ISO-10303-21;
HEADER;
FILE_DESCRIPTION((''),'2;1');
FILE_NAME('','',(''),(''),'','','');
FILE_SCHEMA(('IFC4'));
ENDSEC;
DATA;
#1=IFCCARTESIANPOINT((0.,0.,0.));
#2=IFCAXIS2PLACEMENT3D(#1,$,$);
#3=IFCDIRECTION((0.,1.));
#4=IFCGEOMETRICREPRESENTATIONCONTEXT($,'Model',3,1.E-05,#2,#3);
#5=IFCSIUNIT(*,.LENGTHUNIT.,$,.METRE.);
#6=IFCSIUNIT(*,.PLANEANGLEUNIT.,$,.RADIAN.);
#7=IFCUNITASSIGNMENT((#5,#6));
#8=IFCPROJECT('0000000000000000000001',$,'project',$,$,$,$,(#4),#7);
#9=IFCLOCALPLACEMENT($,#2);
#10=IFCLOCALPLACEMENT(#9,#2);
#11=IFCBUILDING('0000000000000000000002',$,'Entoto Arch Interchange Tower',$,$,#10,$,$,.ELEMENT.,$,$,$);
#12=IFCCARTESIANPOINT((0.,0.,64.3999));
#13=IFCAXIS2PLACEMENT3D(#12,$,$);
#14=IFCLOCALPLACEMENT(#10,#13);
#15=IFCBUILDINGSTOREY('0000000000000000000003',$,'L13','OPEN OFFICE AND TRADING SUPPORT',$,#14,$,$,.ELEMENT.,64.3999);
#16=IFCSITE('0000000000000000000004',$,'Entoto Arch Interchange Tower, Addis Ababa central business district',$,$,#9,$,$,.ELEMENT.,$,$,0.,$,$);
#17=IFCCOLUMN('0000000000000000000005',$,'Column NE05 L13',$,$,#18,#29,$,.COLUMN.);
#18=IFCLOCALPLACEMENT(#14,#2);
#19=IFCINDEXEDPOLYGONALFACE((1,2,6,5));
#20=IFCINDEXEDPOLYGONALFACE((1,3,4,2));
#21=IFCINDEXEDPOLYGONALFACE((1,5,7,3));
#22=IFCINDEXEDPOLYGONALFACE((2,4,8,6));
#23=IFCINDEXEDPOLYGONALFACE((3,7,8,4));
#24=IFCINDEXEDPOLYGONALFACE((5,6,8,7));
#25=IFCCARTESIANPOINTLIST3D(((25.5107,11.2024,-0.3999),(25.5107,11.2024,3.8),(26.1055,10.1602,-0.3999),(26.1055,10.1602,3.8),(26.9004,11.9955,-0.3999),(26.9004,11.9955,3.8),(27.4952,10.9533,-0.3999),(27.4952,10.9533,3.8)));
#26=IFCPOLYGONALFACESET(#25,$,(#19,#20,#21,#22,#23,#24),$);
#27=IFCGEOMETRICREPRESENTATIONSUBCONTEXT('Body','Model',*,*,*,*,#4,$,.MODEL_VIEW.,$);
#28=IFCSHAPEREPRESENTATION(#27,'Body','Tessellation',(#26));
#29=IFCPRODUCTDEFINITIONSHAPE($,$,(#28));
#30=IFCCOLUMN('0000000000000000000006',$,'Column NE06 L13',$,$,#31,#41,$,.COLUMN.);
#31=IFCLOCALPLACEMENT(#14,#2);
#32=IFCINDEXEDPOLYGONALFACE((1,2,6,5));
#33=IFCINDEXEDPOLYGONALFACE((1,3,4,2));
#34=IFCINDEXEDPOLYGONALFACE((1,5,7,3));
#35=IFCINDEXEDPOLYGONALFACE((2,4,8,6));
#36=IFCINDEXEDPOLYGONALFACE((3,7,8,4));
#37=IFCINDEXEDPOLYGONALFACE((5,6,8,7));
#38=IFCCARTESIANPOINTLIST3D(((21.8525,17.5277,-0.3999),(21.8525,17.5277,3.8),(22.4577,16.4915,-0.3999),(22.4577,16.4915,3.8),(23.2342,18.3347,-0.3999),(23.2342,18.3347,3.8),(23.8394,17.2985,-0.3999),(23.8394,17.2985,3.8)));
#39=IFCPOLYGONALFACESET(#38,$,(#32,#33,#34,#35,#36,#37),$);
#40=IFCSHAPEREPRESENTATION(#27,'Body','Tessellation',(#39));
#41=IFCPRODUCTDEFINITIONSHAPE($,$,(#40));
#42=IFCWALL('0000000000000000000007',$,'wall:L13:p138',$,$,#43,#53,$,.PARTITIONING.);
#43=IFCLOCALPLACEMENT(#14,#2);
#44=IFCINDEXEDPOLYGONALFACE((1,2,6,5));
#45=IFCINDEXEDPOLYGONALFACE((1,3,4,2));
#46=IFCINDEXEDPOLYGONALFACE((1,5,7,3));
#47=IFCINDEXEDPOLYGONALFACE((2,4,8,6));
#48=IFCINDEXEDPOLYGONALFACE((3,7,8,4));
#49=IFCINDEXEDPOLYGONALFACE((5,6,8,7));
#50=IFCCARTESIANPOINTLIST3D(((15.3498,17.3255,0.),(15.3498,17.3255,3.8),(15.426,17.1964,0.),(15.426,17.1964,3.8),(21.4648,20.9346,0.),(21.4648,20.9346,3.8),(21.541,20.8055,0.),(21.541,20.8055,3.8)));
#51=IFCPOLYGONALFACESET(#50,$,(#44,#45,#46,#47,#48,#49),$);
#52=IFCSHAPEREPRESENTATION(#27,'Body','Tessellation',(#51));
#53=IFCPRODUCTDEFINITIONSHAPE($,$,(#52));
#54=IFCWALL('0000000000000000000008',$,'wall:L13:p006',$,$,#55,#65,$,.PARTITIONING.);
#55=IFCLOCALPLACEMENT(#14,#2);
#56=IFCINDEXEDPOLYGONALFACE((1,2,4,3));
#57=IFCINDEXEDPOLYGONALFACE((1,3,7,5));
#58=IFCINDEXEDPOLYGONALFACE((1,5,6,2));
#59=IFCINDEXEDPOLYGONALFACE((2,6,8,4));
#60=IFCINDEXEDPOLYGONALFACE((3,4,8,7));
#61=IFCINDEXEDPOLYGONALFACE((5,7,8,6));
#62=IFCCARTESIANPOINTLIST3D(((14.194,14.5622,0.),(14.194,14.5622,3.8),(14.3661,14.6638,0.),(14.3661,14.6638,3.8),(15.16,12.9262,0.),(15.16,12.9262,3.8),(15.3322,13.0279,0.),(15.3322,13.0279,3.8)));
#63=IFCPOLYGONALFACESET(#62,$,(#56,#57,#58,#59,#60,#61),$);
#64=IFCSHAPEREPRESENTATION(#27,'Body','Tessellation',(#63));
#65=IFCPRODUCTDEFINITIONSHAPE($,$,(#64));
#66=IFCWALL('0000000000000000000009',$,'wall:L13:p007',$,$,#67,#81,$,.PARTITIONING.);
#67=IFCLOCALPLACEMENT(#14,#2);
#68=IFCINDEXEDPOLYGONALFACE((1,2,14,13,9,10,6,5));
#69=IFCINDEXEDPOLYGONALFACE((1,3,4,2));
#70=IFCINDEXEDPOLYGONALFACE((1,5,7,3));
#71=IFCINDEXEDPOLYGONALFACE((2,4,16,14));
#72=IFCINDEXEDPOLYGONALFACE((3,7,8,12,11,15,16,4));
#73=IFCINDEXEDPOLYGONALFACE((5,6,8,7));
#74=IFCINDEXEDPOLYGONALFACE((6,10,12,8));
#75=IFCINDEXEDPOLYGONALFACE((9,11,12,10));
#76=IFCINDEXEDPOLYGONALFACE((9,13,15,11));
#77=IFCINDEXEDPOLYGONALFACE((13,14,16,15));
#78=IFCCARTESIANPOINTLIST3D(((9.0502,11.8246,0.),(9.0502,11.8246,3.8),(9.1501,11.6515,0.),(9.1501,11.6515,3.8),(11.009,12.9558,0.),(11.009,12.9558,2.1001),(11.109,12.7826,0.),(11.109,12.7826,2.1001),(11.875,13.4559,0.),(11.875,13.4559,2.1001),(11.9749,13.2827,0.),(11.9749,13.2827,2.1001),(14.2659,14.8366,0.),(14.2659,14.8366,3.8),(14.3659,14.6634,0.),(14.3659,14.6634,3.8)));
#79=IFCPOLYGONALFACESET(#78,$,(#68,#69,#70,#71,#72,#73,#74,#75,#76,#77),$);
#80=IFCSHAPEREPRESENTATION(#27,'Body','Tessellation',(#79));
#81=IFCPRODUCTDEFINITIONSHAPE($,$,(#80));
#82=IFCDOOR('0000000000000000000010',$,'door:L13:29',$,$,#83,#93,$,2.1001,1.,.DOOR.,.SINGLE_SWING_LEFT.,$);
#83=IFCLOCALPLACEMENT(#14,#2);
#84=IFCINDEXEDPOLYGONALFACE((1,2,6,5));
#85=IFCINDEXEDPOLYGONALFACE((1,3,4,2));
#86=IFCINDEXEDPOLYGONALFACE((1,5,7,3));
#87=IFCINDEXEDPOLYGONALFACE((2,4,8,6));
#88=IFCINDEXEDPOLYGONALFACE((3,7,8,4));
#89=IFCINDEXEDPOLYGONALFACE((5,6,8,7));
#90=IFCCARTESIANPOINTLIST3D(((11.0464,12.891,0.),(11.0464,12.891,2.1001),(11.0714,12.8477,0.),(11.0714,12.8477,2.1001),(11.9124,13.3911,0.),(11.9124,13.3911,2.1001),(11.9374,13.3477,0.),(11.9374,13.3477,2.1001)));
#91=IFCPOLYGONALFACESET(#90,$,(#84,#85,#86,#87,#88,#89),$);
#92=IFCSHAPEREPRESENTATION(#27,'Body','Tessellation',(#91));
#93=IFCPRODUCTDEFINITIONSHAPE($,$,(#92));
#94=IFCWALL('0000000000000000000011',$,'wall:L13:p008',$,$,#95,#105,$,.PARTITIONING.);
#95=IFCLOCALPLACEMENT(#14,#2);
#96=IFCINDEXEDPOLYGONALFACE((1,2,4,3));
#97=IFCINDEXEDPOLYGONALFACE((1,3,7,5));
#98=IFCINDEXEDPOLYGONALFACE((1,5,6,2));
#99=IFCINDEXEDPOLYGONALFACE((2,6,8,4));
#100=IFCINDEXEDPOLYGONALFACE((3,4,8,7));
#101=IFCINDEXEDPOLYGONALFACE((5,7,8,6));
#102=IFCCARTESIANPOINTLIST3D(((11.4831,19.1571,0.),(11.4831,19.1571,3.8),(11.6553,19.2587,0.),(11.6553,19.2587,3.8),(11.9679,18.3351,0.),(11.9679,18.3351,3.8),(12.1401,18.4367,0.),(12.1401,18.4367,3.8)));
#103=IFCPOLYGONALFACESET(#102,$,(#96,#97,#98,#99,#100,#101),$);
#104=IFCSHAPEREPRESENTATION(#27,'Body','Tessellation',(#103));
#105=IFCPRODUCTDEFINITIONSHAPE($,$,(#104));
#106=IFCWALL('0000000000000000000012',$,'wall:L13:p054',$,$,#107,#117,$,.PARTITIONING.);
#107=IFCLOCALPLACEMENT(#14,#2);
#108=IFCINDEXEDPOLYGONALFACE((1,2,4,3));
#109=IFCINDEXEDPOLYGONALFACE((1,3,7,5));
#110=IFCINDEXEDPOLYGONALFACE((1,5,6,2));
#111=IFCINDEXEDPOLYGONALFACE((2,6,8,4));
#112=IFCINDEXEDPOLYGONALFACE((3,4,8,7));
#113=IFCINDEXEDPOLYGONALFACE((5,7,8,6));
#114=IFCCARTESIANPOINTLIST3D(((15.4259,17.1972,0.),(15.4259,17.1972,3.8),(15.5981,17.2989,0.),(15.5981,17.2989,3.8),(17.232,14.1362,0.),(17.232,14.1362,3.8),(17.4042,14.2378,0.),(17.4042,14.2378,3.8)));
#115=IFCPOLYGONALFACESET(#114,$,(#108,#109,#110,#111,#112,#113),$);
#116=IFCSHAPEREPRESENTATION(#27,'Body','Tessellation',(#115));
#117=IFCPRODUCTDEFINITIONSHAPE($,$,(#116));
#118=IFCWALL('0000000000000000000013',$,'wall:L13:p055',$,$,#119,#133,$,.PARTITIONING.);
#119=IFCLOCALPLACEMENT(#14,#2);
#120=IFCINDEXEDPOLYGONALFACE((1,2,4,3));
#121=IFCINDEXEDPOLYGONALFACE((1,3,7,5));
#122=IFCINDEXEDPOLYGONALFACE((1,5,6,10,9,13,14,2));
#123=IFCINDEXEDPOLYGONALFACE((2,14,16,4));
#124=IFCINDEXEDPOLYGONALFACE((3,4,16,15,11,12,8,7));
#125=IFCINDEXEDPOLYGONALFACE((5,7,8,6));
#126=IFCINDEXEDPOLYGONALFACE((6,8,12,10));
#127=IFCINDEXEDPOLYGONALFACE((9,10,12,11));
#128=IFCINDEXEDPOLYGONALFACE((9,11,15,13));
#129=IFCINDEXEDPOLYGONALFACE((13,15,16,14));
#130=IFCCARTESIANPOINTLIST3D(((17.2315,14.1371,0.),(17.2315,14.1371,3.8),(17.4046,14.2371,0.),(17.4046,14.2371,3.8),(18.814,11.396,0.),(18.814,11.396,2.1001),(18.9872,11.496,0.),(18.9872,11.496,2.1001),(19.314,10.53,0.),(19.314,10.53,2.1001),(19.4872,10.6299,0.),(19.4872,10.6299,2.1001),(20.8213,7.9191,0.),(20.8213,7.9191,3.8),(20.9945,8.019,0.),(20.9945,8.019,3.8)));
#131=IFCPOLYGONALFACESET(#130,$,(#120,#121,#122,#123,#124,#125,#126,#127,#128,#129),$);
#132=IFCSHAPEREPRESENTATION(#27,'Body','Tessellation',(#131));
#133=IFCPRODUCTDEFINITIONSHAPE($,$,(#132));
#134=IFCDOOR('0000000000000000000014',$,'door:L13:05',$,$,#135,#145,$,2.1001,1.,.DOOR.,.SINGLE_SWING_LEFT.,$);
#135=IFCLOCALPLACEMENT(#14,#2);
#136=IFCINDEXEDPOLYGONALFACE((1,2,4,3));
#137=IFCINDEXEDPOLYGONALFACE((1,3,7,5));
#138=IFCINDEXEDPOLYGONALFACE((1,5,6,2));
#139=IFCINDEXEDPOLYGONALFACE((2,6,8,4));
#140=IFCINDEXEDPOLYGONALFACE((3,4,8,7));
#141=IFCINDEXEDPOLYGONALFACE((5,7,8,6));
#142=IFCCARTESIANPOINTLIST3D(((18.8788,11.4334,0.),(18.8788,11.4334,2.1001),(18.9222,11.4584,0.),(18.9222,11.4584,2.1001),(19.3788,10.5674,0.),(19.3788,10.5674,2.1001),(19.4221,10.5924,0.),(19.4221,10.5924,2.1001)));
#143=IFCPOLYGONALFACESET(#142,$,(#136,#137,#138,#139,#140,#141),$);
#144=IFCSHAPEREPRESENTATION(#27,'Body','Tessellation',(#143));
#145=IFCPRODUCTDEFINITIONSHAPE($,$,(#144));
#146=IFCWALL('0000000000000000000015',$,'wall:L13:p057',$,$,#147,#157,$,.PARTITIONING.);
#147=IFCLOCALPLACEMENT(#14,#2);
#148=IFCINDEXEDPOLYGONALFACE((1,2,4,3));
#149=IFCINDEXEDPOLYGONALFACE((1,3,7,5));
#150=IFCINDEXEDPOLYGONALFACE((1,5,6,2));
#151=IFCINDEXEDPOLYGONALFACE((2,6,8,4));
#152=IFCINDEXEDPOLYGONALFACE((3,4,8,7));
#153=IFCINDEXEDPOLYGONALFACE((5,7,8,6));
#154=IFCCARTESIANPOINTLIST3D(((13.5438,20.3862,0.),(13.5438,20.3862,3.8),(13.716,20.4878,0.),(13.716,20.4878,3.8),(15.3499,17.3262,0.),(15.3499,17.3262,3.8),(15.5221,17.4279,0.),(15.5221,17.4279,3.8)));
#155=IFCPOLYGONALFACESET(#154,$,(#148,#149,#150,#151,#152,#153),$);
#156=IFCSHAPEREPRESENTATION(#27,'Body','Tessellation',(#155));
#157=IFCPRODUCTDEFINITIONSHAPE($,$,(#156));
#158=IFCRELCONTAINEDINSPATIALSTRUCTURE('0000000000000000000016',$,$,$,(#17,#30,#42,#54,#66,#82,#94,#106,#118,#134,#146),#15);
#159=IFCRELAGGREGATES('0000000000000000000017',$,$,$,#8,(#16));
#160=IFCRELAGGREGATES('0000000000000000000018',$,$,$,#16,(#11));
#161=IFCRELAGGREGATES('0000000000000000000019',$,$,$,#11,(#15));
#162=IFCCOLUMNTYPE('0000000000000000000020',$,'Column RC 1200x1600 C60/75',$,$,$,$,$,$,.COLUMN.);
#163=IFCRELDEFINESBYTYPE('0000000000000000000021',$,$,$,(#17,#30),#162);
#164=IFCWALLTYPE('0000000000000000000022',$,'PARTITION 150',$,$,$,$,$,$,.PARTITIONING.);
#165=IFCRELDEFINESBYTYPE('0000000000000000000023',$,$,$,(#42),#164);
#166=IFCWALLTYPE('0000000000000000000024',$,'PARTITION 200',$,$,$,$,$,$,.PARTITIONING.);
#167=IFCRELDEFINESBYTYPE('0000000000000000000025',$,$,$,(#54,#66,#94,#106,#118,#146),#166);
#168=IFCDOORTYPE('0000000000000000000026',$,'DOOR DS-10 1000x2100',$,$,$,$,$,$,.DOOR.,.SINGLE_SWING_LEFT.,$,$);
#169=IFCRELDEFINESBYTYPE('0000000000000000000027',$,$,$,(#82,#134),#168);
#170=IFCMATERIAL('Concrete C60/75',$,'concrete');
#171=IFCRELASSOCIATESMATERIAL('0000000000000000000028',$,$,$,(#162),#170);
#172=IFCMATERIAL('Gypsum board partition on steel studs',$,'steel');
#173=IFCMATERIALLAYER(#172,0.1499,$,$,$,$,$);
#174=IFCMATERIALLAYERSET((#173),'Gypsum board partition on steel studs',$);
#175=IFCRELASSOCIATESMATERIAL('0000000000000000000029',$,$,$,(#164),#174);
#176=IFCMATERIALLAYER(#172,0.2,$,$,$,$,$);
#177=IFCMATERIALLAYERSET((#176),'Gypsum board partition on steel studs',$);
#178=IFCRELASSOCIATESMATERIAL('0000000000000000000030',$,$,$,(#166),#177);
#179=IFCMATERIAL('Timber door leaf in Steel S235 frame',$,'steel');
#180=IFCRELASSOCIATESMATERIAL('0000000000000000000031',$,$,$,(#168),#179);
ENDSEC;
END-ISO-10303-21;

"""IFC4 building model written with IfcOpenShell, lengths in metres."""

from ifc_helpers import new_model, si_unit, direction, frame, frame_2d, origin, origin_2d, place, context, subcontext, project, spatial, rectangle, extrude, material, layer, layer_set, material_profile, profile_set, type_object, element, fill, save


model = new_model("IFC4")

# Units and contexts
model_context = context("Model", 3, precision=1e-05, world=origin(), true_north=direction((0.0, 1.0)))
body_context = subcontext(model_context, "Body", "Model", "MODEL_VIEW")
ifc_project = project(units=[si_unit("LENGTHUNIT", "METRE"), si_unit("PLANEANGLEUNIT", "RADIAN")], contexts=[model_context])

# Site, building, storey
site_placement = place(None, origin())
site = spatial("IfcSite", under=ifc_project, at=site_placement, Name="Entoto Arch Interchange Tower, Addis Ababa central business district", CompositionType="ELEMENT", RefElevation=0.0)
building_placement = place(site_placement, origin())
building = spatial("IfcBuilding", under=site, at=building_placement, Name="Entoto Arch Interchange Tower", CompositionType="ELEMENT")
storey_placement = place(building_placement, frame((0.0, 0.0, 64.3999)))
storey = spatial("IfcBuildingStorey", under=building, at=storey_placement, Name="L13", Description="OPEN OFFICE AND TRADING SUPPORT", CompositionType="ELEMENT", Elevation=64.3999)

# Columns
ifc_material_1 = material(Name="Concrete C60/75", Category="concrete")
ifc_material_profile = material_profile(ifc_material_1, rectangle(XDim=1.2, YDim=1.6001, at=origin_2d()))
ifc_profile_set = profile_set([ifc_material_profile], Name="Concrete C60/75")
column_type = type_object("IfcColumnType", Name="Column RC 1200x1600 C60/75", PredefinedType="COLUMN", material=ifc_profile_set)
for number, where, z_axis, x_axis, name in (
    (1, (26.5029, 11.0779, -0.3999), (0.0, 0.0, 1.0), (-0.495656, 0.868519, 0.0), "Column NE05 L13"),
    (2, (22.8459, 17.4131, -0.3999), (0.0, 0.0, 1.0), (-0.504332, 0.86351, 0.0), "Column NE06 L13"),
):
    element("IfcColumn", number, at=place(storey_placement, frame(where, z_axis=z_axis, x_axis=x_axis)), inside=storey, type_object=column_type, Name=name, PredefinedType="COLUMN", context=body_context, shape_type="SweptSolid", body=[
        extrude(rectangle(XDim=1.2, YDim=1.6001, at=origin_2d()), origin(), (0.0, 0.0, 1.0), 4.2),
    ])

# Walls
ifc_material_2 = material(Name="Gypsum board partition on steel studs", Category="steel")
ifc_layer_1 = layer(ifc_material_2, 0.1499)
ifc_layer_set_1 = layer_set([ifc_layer_1], Name="Gypsum board partition on steel studs")
wall_type_1 = type_object("IfcWallType", Name="PARTITION 150", PredefinedType="PARTITIONING", material=ifc_layer_set_1)
wall_1_placement = place(storey_placement, frame((15.3879, 17.261, 0.0), z_axis=(0.0, 0.0, 1.0), x_axis=(0.86119, 0.508283, 0.0)))
element("IfcWall", 3, at=wall_1_placement, inside=storey, type_object=wall_type_1, Name="wall:L13:p138", PredefinedType="PARTITIONING", context=body_context, shape_type="SweptSolid", body=[
    extrude(rectangle(XDim=7.1006, YDim=0.1499, at=frame_2d((3.5503, 0.0))), origin(), (0.0, 0.0, 1.0), 3.8),
])
ifc_layer_2 = layer(ifc_material_2, 0.2)
ifc_layer_set_2 = layer_set([ifc_layer_2], Name="Gypsum board partition on steel studs")
wall_type_2 = type_object("IfcWallType", Name="PARTITION 200", PredefinedType="PARTITIONING", material=ifc_layer_set_2)
wall_2_placement = place(storey_placement, frame((15.2461, 12.9771, 0.0), z_axis=(0.0, 0.0, 1.0), x_axis=(-0.508474, 0.861077, 0.0)))
element("IfcWall", 4, at=wall_2_placement, inside=storey, type_object=wall_type_2, Name="wall:L13:p006", PredefinedType="PARTITIONING", context=body_context, shape_type="SweptSolid", body=[
    extrude(rectangle(XDim=1.8999, YDim=0.2, at=frame_2d((0.95, 0.0))), origin(), (0.0, 0.0, 1.0), 3.8),
])

# Wall, opening, door
wall_3_placement = place(storey_placement, frame((14.3159, 14.75, 0.0), z_axis=(0.0, 0.0, 1.0), x_axis=(-0.865982, -0.500076, 0.0)))
wall_3 = element("IfcWall", 5, at=wall_3_placement, inside=storey, type_object=wall_type_2, Name="wall:L13:p007", PredefinedType="PARTITIONING", context=body_context, shape_type="SweptSolid", body=[
    extrude(rectangle(XDim=6.0229, YDim=0.2, at=frame_2d((3.0115, 0.0))), origin(), (0.0, 0.0, 1.0), 3.8),
])
opening_1_placement = place(wall_3_placement, frame((2.761, 0.0, 0.0)))
opening_1 = element("IfcOpeningElement", 6, at=opening_1_placement, cuts=wall_3, PredefinedType="OPENING", context=body_context, shape_type="SweptSolid", body=[
    extrude(rectangle(XDim=1.0, YDim=2.1001, at=frame_2d((0.5, 1.05))), frame((0.0, 0.1099, 0.0), z_axis=(0.0, -1.0, 0.0), x_axis=(1.0, 0.0, 0.0)), (0.0, 0.0, 1.0), 0.22),
])
ifc_material_3 = material(Name="Timber door leaf in Steel S235 frame", Category="steel")
door_type = type_object("IfcDoorType", Name="DOOR DS-10 1000x2100", OperationType="SINGLE_SWING_LEFT", PredefinedType="DOOR", material=ifc_material_3)
door_1_placement = place(opening_1_placement, origin())
door_1 = element("IfcDoor", 7, at=door_1_placement, inside=storey, type_object=door_type, Name="door:L13:29", OperationType="SINGLE_SWING_LEFT", OverallHeight=2.1001, OverallWidth=1.0, PredefinedType="DOOR", context=body_context, shape_type="SweptSolid", body=[
    extrude(rectangle(XDim=1.0, YDim=2.1001, at=frame_2d((0.5, 1.05))), frame((0.0, 0.0249, 0.0), z_axis=(0.0, -1.0, 0.0), x_axis=(1.0, 0.0, 0.0)), (0.0, 0.0, 1.0), 0.05),
])
fill(opening_1, door_1)

# Walls
wall_4_placement = place(storey_placement, frame((12.054, 18.386, 0.0), z_axis=(0.0, 0.0, 1.0), x_axis=(-0.508048, 0.861329, 0.0)))
element("IfcWall", 8, at=wall_4_placement, inside=storey, type_object=wall_type_2, Name="wall:L13:p008", PredefinedType="PARTITIONING", context=body_context, shape_type="SweptSolid", body=[
    extrude(rectangle(XDim=0.9543, YDim=0.2, at=frame_2d((0.4771, 0.0))), origin(), (0.0, 0.0, 1.0), 3.8),
])
wall_5_placement = place(storey_placement, frame((15.512, 17.248, 0.0), z_axis=(0.0, 0.0, 1.0), x_axis=(0.508178, -0.861252, 0.0)))
element("IfcWall", 9, at=wall_5_placement, inside=storey, type_object=wall_type_2, Name="wall:L13:p054", PredefinedType="PARTITIONING", context=body_context, shape_type="SweptSolid", body=[
    extrude(rectangle(XDim=3.5542, YDim=0.2, at=frame_2d((1.7771, 0.0))), origin(), (0.0, 0.0, 1.0), 3.8),
])

# Wall, opening, door
wall_6_placement = place(storey_placement, frame((17.3181, 14.187, 0.0), z_axis=(0.0, 0.0, 1.0), x_axis=(0.499986, -0.866033, 0.0)))
wall_6 = element("IfcWall", 10, at=wall_6_placement, inside=storey, type_object=wall_type_2, Name="wall:L13:p055", PredefinedType="PARTITIONING", context=body_context, shape_type="SweptSolid", body=[
    extrude(rectangle(XDim=7.1799, YDim=0.2, at=frame_2d((3.5898, 0.0))), origin(), (0.0, 0.0, 1.0), 3.8),
])
opening_2_placement = place(wall_6_placement, frame((3.165, 0.0, 0.0)))
opening_2 = element("IfcOpeningElement", 11, at=opening_2_placement, cuts=wall_6, PredefinedType="OPENING", context=body_context, shape_type="SweptSolid", body=[
    extrude(rectangle(XDim=1.0, YDim=2.1001, at=frame_2d((0.5, 1.05))), frame((0.0, 0.1099, 0.0), z_axis=(0.0, -1.0, 0.0), x_axis=(1.0, 0.0, 0.0)), (0.0, 0.0, 1.0), 0.22),
])
door_2_placement = place(opening_2_placement, origin())
door_2 = element("IfcDoor", 12, at=door_2_placement, inside=storey, type_object=door_type, Name="door:L13:05", OperationType="SINGLE_SWING_LEFT", OverallHeight=2.1001, OverallWidth=1.0, PredefinedType="DOOR", context=body_context, shape_type="SweptSolid", body=[
    extrude(rectangle(XDim=1.0, YDim=2.1001, at=frame_2d((0.5, 1.05))), frame((0.0, 0.0249, 0.0), z_axis=(0.0, -1.0, 0.0), x_axis=(1.0, 0.0, 0.0)), (0.0, 0.0, 1.0), 0.05),
])
fill(opening_2, door_2)

# Wall
wall_7_placement = place(storey_placement, frame((13.6299, 20.437, 0.0), z_axis=(0.0, 0.0, 1.0), x_axis=(0.508299, -0.861181, 0.0)))
element("IfcWall", 13, at=wall_7_placement, inside=storey, type_object=wall_type_2, Name="wall:L13:p057", PredefinedType="PARTITIONING", context=body_context, shape_type="SweptSolid", body=[
    extrude(rectangle(XDim=3.5532, YDim=0.2, at=frame_2d((1.7766, 0.0))), origin(), (0.0, 0.0, 1.0), 3.8),
])

save(model, "model.ifc")
